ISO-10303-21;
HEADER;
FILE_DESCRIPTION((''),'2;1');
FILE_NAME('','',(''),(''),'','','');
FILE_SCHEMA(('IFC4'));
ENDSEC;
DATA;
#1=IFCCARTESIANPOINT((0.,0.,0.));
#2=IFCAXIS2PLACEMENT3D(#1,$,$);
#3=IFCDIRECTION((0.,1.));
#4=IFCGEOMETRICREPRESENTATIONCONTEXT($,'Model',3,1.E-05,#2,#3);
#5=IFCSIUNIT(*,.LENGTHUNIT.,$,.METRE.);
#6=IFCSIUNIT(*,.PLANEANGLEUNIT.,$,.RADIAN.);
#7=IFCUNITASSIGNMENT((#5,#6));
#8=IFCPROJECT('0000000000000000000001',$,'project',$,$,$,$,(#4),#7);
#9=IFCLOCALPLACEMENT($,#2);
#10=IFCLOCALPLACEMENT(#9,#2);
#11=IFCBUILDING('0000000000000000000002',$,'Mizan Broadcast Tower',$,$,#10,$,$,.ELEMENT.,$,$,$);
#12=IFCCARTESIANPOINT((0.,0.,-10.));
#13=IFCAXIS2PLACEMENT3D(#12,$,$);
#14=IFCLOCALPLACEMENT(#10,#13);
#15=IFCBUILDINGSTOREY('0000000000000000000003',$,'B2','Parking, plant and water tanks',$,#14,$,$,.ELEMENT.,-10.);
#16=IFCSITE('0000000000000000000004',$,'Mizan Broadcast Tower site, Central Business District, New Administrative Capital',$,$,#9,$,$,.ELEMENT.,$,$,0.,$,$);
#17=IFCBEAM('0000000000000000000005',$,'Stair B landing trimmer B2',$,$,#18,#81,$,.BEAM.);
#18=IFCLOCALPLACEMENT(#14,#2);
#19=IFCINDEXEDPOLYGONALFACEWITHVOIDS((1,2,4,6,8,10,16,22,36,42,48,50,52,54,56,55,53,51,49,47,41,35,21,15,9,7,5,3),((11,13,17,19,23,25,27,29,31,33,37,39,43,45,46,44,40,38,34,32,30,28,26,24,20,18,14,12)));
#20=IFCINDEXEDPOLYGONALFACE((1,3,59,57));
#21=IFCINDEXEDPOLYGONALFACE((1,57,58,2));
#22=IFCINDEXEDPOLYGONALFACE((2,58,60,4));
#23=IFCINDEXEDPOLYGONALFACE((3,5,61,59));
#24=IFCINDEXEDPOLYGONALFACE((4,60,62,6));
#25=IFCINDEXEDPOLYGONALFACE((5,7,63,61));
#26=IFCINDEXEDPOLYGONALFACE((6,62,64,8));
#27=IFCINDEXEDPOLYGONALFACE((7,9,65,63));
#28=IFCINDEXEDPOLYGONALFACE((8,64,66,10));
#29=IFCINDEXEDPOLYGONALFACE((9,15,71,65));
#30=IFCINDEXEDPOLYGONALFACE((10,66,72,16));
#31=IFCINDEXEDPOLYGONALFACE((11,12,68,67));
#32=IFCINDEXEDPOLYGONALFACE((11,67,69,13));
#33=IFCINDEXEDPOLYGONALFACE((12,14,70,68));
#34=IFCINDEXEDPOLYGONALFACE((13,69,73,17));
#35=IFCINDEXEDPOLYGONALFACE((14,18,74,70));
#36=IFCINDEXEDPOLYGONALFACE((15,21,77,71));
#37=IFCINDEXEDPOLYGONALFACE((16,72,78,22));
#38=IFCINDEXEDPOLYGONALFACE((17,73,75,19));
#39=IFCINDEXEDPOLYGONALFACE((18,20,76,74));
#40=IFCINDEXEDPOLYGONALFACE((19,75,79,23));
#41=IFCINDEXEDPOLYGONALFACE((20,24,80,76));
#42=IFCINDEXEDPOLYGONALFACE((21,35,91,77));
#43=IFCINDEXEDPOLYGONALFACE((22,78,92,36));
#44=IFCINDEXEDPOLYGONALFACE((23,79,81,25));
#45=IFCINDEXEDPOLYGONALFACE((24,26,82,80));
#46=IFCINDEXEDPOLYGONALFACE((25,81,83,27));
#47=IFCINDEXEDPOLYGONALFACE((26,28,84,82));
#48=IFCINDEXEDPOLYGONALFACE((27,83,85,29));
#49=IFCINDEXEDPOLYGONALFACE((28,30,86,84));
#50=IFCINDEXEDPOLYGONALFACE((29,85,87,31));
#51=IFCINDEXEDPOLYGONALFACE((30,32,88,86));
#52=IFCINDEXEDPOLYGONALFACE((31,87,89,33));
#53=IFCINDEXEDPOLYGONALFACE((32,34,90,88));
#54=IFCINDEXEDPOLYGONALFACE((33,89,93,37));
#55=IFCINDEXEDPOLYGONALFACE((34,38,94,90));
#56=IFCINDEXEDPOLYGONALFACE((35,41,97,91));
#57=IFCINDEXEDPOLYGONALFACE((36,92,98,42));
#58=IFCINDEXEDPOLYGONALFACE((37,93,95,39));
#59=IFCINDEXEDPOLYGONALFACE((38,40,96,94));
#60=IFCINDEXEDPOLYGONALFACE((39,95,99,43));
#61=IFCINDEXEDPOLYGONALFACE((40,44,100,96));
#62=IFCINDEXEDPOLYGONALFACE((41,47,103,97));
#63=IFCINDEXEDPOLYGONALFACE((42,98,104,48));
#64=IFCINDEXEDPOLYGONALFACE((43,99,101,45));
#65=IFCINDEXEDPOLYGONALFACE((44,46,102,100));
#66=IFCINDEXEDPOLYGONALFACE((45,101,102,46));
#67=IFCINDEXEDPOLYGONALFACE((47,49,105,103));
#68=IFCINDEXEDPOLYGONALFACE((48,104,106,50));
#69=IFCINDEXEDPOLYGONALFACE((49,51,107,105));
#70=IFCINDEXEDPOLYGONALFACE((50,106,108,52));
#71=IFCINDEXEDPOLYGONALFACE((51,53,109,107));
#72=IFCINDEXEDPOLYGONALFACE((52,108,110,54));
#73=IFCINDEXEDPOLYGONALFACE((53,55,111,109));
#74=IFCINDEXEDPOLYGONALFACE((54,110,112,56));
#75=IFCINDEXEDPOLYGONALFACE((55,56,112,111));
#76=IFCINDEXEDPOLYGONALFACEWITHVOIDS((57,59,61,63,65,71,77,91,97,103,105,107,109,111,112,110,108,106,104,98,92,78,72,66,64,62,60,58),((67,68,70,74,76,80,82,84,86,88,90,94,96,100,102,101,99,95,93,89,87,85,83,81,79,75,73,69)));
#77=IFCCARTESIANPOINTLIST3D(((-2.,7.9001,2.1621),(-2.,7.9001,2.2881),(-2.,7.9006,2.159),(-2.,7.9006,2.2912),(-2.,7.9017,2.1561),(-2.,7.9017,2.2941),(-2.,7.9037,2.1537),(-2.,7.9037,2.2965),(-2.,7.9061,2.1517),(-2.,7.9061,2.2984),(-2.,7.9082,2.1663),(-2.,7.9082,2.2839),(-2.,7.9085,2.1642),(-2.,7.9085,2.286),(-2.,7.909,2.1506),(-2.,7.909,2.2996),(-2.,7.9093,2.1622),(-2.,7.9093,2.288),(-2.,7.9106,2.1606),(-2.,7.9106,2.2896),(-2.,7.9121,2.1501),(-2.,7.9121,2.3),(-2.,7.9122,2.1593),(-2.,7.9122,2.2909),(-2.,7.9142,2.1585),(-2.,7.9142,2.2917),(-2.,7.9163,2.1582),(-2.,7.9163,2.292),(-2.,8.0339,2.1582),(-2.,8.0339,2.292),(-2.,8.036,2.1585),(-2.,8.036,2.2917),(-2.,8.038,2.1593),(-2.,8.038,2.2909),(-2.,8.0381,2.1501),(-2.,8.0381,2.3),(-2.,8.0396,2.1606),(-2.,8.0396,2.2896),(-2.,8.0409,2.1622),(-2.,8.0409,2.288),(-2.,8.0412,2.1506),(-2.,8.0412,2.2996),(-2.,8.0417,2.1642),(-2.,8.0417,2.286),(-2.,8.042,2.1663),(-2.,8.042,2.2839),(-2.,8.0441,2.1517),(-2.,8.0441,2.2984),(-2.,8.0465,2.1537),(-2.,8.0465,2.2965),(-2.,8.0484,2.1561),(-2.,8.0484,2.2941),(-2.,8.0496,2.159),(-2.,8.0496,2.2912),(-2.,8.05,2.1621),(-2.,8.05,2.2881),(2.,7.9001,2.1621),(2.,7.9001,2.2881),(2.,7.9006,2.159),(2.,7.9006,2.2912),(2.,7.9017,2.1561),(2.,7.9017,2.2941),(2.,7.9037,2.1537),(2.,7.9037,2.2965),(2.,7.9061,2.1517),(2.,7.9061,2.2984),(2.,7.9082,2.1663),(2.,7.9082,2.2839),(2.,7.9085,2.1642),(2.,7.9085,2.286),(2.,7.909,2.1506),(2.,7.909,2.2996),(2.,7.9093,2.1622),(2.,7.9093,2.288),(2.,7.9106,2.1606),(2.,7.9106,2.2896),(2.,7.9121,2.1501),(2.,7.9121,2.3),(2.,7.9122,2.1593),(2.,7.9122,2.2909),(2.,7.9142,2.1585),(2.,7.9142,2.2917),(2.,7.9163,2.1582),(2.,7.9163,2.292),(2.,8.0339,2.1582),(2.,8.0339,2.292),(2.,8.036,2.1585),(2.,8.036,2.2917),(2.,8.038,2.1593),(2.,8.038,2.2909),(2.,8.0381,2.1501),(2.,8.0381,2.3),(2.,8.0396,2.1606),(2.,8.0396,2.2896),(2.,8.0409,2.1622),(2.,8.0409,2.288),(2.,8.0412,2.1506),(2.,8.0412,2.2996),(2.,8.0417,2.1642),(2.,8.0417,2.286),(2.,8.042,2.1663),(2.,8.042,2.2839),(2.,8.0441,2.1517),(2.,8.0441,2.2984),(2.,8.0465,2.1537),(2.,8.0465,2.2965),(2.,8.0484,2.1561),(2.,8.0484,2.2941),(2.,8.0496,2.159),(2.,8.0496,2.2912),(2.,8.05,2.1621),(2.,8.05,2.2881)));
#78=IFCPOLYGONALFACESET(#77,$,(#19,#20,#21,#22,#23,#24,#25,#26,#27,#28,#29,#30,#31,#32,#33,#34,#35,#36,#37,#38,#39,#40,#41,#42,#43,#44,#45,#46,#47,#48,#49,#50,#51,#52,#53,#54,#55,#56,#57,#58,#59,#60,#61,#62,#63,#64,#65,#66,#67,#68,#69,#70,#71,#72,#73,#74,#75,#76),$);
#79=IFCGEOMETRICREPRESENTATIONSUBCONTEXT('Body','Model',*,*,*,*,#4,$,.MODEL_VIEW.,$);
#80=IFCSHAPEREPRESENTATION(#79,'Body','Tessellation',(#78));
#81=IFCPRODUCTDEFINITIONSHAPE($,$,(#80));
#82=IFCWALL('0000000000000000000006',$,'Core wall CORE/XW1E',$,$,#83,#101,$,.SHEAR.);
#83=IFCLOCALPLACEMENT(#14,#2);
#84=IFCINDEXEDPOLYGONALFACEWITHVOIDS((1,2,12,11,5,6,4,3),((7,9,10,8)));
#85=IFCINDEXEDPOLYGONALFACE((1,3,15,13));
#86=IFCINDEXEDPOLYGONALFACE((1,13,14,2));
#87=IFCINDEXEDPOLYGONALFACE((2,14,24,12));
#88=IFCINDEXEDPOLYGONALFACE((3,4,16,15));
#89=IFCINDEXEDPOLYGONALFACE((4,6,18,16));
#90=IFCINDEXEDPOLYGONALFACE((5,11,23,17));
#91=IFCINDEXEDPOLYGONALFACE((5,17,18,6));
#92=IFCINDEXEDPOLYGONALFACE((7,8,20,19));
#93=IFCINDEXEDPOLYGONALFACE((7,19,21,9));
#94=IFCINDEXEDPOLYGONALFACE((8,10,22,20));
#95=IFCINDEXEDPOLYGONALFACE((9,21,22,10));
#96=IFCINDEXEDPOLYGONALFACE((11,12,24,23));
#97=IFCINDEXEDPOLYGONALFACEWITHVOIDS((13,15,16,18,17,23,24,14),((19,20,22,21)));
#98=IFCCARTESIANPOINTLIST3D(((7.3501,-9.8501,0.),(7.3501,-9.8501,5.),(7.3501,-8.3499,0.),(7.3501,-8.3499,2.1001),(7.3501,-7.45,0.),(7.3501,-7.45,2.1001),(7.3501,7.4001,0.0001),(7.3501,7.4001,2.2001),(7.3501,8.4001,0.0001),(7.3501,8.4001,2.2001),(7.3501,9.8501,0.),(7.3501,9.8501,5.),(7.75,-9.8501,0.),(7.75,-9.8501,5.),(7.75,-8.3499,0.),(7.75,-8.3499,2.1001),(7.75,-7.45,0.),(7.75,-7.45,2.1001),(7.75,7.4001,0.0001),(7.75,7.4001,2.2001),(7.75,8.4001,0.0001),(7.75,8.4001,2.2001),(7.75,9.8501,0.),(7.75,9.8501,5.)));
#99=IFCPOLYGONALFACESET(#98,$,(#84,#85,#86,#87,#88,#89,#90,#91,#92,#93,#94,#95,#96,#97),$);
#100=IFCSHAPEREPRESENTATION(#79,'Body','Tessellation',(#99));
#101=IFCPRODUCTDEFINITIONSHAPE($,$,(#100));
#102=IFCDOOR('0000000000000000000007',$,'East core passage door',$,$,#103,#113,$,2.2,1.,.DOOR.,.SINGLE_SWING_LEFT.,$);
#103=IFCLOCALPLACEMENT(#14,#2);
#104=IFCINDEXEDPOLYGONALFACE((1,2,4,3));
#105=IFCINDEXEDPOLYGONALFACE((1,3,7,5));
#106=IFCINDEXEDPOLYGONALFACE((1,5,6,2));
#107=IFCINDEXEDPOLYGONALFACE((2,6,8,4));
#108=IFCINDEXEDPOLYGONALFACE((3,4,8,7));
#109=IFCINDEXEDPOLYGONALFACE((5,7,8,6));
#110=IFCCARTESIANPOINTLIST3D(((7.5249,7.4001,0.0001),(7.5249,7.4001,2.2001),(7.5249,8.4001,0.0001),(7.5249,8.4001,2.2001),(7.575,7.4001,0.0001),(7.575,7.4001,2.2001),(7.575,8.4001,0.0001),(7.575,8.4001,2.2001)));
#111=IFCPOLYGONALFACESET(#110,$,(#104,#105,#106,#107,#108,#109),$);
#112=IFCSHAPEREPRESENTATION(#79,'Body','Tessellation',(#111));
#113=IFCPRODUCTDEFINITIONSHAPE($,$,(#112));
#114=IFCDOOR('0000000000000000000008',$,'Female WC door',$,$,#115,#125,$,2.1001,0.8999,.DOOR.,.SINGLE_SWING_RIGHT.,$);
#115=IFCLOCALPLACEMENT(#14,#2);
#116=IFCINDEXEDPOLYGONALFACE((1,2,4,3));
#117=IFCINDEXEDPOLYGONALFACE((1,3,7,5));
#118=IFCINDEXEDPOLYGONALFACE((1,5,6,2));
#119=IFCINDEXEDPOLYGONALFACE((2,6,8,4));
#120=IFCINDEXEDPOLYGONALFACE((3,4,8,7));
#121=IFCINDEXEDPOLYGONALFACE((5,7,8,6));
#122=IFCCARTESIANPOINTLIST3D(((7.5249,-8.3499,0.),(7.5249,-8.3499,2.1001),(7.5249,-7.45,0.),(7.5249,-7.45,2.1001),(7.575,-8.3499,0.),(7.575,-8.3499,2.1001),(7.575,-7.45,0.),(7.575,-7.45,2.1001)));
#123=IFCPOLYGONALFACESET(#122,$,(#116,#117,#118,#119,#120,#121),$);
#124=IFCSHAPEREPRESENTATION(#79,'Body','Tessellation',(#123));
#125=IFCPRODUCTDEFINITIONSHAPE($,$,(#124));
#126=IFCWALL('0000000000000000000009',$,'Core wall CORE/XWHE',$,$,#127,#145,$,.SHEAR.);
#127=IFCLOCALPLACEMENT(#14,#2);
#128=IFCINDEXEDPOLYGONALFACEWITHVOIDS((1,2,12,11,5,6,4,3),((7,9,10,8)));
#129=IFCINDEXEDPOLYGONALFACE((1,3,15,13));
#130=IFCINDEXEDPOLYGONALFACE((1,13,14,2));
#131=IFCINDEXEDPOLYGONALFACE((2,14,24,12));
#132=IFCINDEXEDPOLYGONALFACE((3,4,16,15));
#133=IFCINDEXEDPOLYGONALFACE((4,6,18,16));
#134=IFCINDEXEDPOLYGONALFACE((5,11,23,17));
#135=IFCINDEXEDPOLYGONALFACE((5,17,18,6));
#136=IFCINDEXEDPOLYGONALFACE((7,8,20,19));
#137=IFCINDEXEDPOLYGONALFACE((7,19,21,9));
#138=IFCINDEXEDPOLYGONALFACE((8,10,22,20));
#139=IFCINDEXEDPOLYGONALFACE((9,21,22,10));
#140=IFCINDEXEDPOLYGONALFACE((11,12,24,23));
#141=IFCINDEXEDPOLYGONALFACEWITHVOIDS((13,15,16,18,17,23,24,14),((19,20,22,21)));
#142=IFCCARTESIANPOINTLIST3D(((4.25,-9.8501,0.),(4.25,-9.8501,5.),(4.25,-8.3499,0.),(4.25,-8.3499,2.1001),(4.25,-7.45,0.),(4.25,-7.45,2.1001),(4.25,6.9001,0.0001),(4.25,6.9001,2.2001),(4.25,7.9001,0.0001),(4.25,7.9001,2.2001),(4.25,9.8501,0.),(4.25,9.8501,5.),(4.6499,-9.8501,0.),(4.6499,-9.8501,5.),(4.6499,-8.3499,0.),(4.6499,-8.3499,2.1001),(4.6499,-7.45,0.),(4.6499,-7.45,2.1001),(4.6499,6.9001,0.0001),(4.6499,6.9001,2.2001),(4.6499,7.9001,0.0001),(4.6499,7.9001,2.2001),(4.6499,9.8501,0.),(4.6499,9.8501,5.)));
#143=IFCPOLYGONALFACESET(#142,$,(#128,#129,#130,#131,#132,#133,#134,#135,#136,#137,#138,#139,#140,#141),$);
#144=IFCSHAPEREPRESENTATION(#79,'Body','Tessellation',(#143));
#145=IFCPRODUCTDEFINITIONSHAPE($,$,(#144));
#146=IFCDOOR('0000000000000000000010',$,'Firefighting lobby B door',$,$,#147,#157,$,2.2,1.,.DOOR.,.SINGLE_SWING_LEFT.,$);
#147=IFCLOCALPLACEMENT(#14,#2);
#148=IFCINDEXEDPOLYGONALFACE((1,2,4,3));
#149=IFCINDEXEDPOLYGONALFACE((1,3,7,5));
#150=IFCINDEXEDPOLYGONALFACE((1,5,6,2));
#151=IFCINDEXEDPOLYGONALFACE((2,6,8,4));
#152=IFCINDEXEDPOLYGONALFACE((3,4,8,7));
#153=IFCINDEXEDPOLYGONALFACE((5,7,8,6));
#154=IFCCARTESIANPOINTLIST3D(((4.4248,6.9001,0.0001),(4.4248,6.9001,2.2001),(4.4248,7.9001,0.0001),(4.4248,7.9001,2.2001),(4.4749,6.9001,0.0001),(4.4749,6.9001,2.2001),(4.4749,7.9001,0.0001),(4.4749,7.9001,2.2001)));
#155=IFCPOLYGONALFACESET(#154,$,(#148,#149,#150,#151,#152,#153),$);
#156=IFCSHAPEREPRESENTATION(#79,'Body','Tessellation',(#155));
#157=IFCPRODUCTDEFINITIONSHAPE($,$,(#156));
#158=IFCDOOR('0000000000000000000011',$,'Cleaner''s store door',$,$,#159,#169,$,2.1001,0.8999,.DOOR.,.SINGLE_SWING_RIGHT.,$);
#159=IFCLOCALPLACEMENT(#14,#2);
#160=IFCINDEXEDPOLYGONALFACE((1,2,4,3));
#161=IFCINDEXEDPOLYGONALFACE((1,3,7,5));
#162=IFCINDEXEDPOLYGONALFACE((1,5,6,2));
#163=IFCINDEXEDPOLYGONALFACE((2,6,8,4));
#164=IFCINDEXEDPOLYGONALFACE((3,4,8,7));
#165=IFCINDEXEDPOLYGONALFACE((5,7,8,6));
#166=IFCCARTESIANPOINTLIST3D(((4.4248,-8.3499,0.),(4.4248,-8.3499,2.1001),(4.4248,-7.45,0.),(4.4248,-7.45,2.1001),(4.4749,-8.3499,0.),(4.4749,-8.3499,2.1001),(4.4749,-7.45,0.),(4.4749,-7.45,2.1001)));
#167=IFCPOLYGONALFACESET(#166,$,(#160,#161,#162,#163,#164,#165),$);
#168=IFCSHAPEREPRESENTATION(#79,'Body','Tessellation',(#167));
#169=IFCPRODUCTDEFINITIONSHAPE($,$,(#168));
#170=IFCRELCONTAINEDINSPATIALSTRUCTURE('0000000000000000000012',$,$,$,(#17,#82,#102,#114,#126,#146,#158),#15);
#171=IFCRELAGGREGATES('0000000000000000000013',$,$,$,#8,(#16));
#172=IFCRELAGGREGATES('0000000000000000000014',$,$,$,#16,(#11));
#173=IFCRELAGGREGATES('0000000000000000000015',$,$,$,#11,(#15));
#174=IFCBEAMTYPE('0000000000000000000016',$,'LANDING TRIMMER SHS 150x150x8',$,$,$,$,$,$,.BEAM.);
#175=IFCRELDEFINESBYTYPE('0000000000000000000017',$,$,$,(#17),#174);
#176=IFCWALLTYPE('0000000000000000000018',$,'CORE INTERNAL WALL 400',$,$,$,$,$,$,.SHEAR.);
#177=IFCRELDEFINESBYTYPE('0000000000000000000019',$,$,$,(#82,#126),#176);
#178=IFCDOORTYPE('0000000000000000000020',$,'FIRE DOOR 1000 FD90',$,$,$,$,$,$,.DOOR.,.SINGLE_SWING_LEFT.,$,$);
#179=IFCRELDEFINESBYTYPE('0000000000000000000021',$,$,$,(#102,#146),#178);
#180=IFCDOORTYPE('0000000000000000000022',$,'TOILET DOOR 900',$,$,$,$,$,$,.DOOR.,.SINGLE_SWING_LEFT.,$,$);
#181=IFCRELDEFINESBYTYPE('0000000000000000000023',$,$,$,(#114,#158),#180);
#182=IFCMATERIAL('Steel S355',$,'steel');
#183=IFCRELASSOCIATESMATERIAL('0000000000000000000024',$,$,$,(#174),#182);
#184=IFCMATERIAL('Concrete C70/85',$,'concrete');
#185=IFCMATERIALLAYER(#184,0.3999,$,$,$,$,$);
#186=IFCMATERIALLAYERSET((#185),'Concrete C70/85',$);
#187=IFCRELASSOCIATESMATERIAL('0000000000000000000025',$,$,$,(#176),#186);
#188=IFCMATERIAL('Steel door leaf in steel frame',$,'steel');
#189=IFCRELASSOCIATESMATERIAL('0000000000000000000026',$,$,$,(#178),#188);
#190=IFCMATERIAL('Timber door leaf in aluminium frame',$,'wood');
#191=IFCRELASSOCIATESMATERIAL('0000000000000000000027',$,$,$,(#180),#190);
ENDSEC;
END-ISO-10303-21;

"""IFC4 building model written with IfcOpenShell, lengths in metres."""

from ifc_helpers import new_model, si_unit, direction, frame, frame_2d, origin, origin_2d, place, context, subcontext, project, spatial, rectangle, hollow_rectangle, extrude, material, layer, layer_set, material_profile, profile_set, type_object, element, fill, save


model = new_model("IFC4")

# Units and contexts
model_context = context("Model", 3, precision=1e-05, world=origin(), true_north=direction((0.0, 1.0)))
body_context = subcontext(model_context, "Body", "Model", "MODEL_VIEW")
ifc_project = project(units=[si_unit("LENGTHUNIT", "METRE"), si_unit("PLANEANGLEUNIT", "RADIAN")], contexts=[model_context])

# Site, building, storey
site_placement = place(None, origin())
site = spatial("IfcSite", under=ifc_project, at=site_placement, Name="Mizan Broadcast Tower site, Central Business District, New Administrative Capital", CompositionType="ELEMENT", RefElevation=0.0)
building_placement = place(site_placement, origin())
building = spatial("IfcBuilding", under=site, at=building_placement, Name="Mizan Broadcast Tower", CompositionType="ELEMENT")
storey_placement = place(building_placement, frame((0.0, 0.0, -10.0)))
storey = spatial("IfcBuildingStorey", under=building, at=storey_placement, Name="B2", Description="Parking, plant and water tanks", CompositionType="ELEMENT", Elevation=-10.0)

# Beam
ifc_material_1 = material(Name="Steel S355", Category="steel")
ifc_material_profile_1 = material_profile(ifc_material_1, hollow_rectangle(XDim=0.1499, YDim=0.1499, WallThickness=0.0081, InnerFilletRadius=0.0081, OuterFilletRadius=0.012, at=origin_2d()), Name="SHS 150x150x8")
ifc_profile_set_1 = profile_set([ifc_material_profile_1], Name="Steel S355")
beam_type = type_object("IfcBeamType", Name="LANDING TRIMMER SHS 150x150x8", PredefinedType="BEAM", material=ifc_profile_set_1)
for number, where, z_axis, x_axis, name in (
    (1, (2.0, 7.9751, 2.2251), (-1.0, 0.0, 0.0), (0.0, -1.0, 0.0), "Stair B landing trimmer B2"),
):
    element("IfcBeam", number, at=place(storey_placement, frame(where, z_axis=z_axis, x_axis=x_axis)), inside=storey, type_object=beam_type, Name=name, PredefinedType="BEAM", context=body_context, shape_type="SweptSolid", body=[
        extrude(hollow_rectangle(XDim=0.1499, YDim=0.1499, WallThickness=0.0081, InnerFilletRadius=0.0081, OuterFilletRadius=0.012, at=origin_2d()), origin(), (0.0, 0.0, 1.0), 4.0),
    ])

# Walls, openings, doors
ifc_material_2 = material(Name="Concrete C70/85", Category="concrete")
ifc_layer_1 = layer(ifc_material_2, 0.3999)
ifc_layer_set_1 = layer_set([ifc_layer_1], Name="Concrete C70/85")
wall_type_1 = type_object("IfcWallType", Name="CORE INTERNAL WALL 400", PredefinedType="SHEAR", material=ifc_layer_set_1)
wall_1_placement = place(storey_placement, frame((7.55, 9.8501, 0.0), z_axis=(0.0, 0.0, 1.0), x_axis=(0.0, -1.0, 0.0)))
wall_1 = element("IfcWall", 2, at=wall_1_placement, inside=storey, type_object=wall_type_1, Name="Core wall CORE/XW1E", PredefinedType="SHEAR", context=body_context, shape_type="SweptSolid", body=[
    extrude(rectangle(XDim=19.7002, YDim=0.3999, at=frame_2d((9.8501, 0.0))), origin(), (0.0, 0.0, 1.0), 5.0),
])
opening_1_placement = place(wall_1_placement, frame((1.45, 0.0, 0.0)))
opening_1 = element("IfcOpeningElement", 3, at=opening_1_placement, cuts=wall_1, PredefinedType="OPENING", context=body_context, shape_type="SweptSolid", body=[
    extrude(rectangle(XDim=1.0, YDim=2.2, at=frame_2d((0.5, 1.1001))), frame((0.0, 0.21, 0.0), z_axis=(0.0, -1.0, 0.0), x_axis=(1.0, 0.0, 0.0)), (0.0, 0.0, 1.0), 0.4199),
])
opening_2_placement = place(wall_1_placement, frame((17.3, 0.0, 0.0)))
opening_2 = element("IfcOpeningElement", 4, at=opening_2_placement, cuts=wall_1, PredefinedType="OPENING", context=body_context, shape_type="SweptSolid", body=[
    extrude(rectangle(XDim=0.8999, YDim=2.1001, at=frame_2d((0.45, 1.05))), frame((0.0, 0.21, 0.0), z_axis=(0.0, -1.0, 0.0), x_axis=(1.0, 0.0, 0.0)), (0.0, 0.0, 1.0), 0.4199),
])
ifc_material_3 = material(Name="Steel door leaf in steel frame", Category="steel")
door_type_1 = type_object("IfcDoorType", Name="FIRE DOOR 1000 FD90", OperationType="SINGLE_SWING_LEFT", PredefinedType="DOOR", material=ifc_material_3)
door_1_placement = place(opening_1_placement, origin())
door_1 = element("IfcDoor", 5, at=door_1_placement, inside=storey, type_object=door_type_1, Name="East core passage door", OperationType="SINGLE_SWING_LEFT", OverallHeight=2.2, OverallWidth=1.0, PredefinedType="DOOR", context=body_context, shape_type="SweptSolid", body=[
    extrude(rectangle(XDim=1.0, YDim=2.2, at=frame_2d((0.5, 1.1001))), frame((0.0, 0.0249, 0.0), z_axis=(0.0, -1.0, 0.0), x_axis=(1.0, 0.0, 0.0)), (0.0, 0.0, 1.0), 0.05),
])
fill(opening_1, door_1)
ifc_material_4 = material(Name="Timber door leaf in aluminium frame", Category="wood")
door_type_2 = type_object("IfcDoorType", Name="TOILET DOOR 900", OperationType="SINGLE_SWING_LEFT", PredefinedType="DOOR", material=ifc_material_4)
door_2_placement = place(opening_2_placement, origin())
door_2 = element("IfcDoor", 6, at=door_2_placement, inside=storey, type_object=door_type_2, Name="Female WC door", OperationType="SINGLE_SWING_RIGHT", OverallHeight=2.1001, OverallWidth=0.8999, PredefinedType="DOOR", context=body_context, shape_type="SweptSolid", body=[
    extrude(rectangle(XDim=0.8999, YDim=2.1001, at=frame_2d((0.45, 1.05))), frame((0.0, 0.0249, 0.0), z_axis=(0.0, -1.0, 0.0), x_axis=(1.0, 0.0, 0.0)), (0.0, 0.0, 1.0), 0.05),
])
fill(opening_2, door_2)
wall_2_placement = place(storey_placement, frame((4.45, 9.8501, 0.0), z_axis=(0.0, 0.0, 1.0), x_axis=(0.0, -1.0, 0.0)))
wall_2 = element("IfcWall", 7, at=wall_2_placement, inside=storey, type_object=wall_type_1, Name="Core wall CORE/XWHE", PredefinedType="SHEAR", context=body_context, shape_type="SweptSolid", body=[
    extrude(rectangle(XDim=19.7002, YDim=0.3999, at=frame_2d((9.8501, 0.0))), origin(), (0.0, 0.0, 1.0), 5.0),
])
opening_3_placement = place(wall_2_placement, frame((1.95, 0.0, 0.0)))
opening_3 = element("IfcOpeningElement", 8, at=opening_3_placement, cuts=wall_2, PredefinedType="OPENING", context=body_context, shape_type="SweptSolid", body=[
    extrude(rectangle(XDim=1.0, YDim=2.2, at=frame_2d((0.5, 1.1001))), frame((0.0, 0.21, 0.0), z_axis=(0.0, -1.0, 0.0), x_axis=(1.0, 0.0, 0.0)), (0.0, 0.0, 1.0), 0.4199),
])
opening_4_placement = place(wall_2_placement, frame((17.3, 0.0, 0.0)))
opening_4 = element("IfcOpeningElement", 9, at=opening_4_placement, cuts=wall_2, PredefinedType="OPENING", context=body_context, shape_type="SweptSolid", body=[
    extrude(rectangle(XDim=0.8999, YDim=2.1001, at=frame_2d((0.45, 1.05))), frame((0.0, 0.21, 0.0), z_axis=(0.0, -1.0, 0.0), x_axis=(1.0, 0.0, 0.0)), (0.0, 0.0, 1.0), 0.4199),
])
door_3_placement = place(opening_3_placement, origin())
door_3 = element("IfcDoor", 10, at=door_3_placement, inside=storey, type_object=door_type_1, Name="Firefighting lobby B door", OperationType="SINGLE_SWING_LEFT", OverallHeight=2.2, OverallWidth=1.0, PredefinedType="DOOR", context=body_context, shape_type="SweptSolid", body=[
    extrude(rectangle(XDim=1.0, YDim=2.2, at=frame_2d((0.5, 1.1001))), frame((0.0, 0.0249, 0.0), z_axis=(0.0, -1.0, 0.0), x_axis=(1.0, 0.0, 0.0)), (0.0, 0.0, 1.0), 0.05),
])
fill(opening_3, door_3)
door_4_placement = place(opening_4_placement, origin())
door_4 = element("IfcDoor", 11, at=door_4_placement, inside=storey, type_object=door_type_2, Name="Cleaner's store door", OperationType="SINGLE_SWING_RIGHT", OverallHeight=2.1001, OverallWidth=0.8999, PredefinedType="DOOR", context=body_context, shape_type="SweptSolid", body=[
    extrude(rectangle(XDim=0.8999, YDim=2.1001, at=frame_2d((0.45, 1.05))), frame((0.0, 0.0249, 0.0), z_axis=(0.0, -1.0, 0.0), x_axis=(1.0, 0.0, 0.0)), (0.0, 0.0, 1.0), 0.05),
])
fill(opening_4, door_4)

save(model, "model.ifc")
